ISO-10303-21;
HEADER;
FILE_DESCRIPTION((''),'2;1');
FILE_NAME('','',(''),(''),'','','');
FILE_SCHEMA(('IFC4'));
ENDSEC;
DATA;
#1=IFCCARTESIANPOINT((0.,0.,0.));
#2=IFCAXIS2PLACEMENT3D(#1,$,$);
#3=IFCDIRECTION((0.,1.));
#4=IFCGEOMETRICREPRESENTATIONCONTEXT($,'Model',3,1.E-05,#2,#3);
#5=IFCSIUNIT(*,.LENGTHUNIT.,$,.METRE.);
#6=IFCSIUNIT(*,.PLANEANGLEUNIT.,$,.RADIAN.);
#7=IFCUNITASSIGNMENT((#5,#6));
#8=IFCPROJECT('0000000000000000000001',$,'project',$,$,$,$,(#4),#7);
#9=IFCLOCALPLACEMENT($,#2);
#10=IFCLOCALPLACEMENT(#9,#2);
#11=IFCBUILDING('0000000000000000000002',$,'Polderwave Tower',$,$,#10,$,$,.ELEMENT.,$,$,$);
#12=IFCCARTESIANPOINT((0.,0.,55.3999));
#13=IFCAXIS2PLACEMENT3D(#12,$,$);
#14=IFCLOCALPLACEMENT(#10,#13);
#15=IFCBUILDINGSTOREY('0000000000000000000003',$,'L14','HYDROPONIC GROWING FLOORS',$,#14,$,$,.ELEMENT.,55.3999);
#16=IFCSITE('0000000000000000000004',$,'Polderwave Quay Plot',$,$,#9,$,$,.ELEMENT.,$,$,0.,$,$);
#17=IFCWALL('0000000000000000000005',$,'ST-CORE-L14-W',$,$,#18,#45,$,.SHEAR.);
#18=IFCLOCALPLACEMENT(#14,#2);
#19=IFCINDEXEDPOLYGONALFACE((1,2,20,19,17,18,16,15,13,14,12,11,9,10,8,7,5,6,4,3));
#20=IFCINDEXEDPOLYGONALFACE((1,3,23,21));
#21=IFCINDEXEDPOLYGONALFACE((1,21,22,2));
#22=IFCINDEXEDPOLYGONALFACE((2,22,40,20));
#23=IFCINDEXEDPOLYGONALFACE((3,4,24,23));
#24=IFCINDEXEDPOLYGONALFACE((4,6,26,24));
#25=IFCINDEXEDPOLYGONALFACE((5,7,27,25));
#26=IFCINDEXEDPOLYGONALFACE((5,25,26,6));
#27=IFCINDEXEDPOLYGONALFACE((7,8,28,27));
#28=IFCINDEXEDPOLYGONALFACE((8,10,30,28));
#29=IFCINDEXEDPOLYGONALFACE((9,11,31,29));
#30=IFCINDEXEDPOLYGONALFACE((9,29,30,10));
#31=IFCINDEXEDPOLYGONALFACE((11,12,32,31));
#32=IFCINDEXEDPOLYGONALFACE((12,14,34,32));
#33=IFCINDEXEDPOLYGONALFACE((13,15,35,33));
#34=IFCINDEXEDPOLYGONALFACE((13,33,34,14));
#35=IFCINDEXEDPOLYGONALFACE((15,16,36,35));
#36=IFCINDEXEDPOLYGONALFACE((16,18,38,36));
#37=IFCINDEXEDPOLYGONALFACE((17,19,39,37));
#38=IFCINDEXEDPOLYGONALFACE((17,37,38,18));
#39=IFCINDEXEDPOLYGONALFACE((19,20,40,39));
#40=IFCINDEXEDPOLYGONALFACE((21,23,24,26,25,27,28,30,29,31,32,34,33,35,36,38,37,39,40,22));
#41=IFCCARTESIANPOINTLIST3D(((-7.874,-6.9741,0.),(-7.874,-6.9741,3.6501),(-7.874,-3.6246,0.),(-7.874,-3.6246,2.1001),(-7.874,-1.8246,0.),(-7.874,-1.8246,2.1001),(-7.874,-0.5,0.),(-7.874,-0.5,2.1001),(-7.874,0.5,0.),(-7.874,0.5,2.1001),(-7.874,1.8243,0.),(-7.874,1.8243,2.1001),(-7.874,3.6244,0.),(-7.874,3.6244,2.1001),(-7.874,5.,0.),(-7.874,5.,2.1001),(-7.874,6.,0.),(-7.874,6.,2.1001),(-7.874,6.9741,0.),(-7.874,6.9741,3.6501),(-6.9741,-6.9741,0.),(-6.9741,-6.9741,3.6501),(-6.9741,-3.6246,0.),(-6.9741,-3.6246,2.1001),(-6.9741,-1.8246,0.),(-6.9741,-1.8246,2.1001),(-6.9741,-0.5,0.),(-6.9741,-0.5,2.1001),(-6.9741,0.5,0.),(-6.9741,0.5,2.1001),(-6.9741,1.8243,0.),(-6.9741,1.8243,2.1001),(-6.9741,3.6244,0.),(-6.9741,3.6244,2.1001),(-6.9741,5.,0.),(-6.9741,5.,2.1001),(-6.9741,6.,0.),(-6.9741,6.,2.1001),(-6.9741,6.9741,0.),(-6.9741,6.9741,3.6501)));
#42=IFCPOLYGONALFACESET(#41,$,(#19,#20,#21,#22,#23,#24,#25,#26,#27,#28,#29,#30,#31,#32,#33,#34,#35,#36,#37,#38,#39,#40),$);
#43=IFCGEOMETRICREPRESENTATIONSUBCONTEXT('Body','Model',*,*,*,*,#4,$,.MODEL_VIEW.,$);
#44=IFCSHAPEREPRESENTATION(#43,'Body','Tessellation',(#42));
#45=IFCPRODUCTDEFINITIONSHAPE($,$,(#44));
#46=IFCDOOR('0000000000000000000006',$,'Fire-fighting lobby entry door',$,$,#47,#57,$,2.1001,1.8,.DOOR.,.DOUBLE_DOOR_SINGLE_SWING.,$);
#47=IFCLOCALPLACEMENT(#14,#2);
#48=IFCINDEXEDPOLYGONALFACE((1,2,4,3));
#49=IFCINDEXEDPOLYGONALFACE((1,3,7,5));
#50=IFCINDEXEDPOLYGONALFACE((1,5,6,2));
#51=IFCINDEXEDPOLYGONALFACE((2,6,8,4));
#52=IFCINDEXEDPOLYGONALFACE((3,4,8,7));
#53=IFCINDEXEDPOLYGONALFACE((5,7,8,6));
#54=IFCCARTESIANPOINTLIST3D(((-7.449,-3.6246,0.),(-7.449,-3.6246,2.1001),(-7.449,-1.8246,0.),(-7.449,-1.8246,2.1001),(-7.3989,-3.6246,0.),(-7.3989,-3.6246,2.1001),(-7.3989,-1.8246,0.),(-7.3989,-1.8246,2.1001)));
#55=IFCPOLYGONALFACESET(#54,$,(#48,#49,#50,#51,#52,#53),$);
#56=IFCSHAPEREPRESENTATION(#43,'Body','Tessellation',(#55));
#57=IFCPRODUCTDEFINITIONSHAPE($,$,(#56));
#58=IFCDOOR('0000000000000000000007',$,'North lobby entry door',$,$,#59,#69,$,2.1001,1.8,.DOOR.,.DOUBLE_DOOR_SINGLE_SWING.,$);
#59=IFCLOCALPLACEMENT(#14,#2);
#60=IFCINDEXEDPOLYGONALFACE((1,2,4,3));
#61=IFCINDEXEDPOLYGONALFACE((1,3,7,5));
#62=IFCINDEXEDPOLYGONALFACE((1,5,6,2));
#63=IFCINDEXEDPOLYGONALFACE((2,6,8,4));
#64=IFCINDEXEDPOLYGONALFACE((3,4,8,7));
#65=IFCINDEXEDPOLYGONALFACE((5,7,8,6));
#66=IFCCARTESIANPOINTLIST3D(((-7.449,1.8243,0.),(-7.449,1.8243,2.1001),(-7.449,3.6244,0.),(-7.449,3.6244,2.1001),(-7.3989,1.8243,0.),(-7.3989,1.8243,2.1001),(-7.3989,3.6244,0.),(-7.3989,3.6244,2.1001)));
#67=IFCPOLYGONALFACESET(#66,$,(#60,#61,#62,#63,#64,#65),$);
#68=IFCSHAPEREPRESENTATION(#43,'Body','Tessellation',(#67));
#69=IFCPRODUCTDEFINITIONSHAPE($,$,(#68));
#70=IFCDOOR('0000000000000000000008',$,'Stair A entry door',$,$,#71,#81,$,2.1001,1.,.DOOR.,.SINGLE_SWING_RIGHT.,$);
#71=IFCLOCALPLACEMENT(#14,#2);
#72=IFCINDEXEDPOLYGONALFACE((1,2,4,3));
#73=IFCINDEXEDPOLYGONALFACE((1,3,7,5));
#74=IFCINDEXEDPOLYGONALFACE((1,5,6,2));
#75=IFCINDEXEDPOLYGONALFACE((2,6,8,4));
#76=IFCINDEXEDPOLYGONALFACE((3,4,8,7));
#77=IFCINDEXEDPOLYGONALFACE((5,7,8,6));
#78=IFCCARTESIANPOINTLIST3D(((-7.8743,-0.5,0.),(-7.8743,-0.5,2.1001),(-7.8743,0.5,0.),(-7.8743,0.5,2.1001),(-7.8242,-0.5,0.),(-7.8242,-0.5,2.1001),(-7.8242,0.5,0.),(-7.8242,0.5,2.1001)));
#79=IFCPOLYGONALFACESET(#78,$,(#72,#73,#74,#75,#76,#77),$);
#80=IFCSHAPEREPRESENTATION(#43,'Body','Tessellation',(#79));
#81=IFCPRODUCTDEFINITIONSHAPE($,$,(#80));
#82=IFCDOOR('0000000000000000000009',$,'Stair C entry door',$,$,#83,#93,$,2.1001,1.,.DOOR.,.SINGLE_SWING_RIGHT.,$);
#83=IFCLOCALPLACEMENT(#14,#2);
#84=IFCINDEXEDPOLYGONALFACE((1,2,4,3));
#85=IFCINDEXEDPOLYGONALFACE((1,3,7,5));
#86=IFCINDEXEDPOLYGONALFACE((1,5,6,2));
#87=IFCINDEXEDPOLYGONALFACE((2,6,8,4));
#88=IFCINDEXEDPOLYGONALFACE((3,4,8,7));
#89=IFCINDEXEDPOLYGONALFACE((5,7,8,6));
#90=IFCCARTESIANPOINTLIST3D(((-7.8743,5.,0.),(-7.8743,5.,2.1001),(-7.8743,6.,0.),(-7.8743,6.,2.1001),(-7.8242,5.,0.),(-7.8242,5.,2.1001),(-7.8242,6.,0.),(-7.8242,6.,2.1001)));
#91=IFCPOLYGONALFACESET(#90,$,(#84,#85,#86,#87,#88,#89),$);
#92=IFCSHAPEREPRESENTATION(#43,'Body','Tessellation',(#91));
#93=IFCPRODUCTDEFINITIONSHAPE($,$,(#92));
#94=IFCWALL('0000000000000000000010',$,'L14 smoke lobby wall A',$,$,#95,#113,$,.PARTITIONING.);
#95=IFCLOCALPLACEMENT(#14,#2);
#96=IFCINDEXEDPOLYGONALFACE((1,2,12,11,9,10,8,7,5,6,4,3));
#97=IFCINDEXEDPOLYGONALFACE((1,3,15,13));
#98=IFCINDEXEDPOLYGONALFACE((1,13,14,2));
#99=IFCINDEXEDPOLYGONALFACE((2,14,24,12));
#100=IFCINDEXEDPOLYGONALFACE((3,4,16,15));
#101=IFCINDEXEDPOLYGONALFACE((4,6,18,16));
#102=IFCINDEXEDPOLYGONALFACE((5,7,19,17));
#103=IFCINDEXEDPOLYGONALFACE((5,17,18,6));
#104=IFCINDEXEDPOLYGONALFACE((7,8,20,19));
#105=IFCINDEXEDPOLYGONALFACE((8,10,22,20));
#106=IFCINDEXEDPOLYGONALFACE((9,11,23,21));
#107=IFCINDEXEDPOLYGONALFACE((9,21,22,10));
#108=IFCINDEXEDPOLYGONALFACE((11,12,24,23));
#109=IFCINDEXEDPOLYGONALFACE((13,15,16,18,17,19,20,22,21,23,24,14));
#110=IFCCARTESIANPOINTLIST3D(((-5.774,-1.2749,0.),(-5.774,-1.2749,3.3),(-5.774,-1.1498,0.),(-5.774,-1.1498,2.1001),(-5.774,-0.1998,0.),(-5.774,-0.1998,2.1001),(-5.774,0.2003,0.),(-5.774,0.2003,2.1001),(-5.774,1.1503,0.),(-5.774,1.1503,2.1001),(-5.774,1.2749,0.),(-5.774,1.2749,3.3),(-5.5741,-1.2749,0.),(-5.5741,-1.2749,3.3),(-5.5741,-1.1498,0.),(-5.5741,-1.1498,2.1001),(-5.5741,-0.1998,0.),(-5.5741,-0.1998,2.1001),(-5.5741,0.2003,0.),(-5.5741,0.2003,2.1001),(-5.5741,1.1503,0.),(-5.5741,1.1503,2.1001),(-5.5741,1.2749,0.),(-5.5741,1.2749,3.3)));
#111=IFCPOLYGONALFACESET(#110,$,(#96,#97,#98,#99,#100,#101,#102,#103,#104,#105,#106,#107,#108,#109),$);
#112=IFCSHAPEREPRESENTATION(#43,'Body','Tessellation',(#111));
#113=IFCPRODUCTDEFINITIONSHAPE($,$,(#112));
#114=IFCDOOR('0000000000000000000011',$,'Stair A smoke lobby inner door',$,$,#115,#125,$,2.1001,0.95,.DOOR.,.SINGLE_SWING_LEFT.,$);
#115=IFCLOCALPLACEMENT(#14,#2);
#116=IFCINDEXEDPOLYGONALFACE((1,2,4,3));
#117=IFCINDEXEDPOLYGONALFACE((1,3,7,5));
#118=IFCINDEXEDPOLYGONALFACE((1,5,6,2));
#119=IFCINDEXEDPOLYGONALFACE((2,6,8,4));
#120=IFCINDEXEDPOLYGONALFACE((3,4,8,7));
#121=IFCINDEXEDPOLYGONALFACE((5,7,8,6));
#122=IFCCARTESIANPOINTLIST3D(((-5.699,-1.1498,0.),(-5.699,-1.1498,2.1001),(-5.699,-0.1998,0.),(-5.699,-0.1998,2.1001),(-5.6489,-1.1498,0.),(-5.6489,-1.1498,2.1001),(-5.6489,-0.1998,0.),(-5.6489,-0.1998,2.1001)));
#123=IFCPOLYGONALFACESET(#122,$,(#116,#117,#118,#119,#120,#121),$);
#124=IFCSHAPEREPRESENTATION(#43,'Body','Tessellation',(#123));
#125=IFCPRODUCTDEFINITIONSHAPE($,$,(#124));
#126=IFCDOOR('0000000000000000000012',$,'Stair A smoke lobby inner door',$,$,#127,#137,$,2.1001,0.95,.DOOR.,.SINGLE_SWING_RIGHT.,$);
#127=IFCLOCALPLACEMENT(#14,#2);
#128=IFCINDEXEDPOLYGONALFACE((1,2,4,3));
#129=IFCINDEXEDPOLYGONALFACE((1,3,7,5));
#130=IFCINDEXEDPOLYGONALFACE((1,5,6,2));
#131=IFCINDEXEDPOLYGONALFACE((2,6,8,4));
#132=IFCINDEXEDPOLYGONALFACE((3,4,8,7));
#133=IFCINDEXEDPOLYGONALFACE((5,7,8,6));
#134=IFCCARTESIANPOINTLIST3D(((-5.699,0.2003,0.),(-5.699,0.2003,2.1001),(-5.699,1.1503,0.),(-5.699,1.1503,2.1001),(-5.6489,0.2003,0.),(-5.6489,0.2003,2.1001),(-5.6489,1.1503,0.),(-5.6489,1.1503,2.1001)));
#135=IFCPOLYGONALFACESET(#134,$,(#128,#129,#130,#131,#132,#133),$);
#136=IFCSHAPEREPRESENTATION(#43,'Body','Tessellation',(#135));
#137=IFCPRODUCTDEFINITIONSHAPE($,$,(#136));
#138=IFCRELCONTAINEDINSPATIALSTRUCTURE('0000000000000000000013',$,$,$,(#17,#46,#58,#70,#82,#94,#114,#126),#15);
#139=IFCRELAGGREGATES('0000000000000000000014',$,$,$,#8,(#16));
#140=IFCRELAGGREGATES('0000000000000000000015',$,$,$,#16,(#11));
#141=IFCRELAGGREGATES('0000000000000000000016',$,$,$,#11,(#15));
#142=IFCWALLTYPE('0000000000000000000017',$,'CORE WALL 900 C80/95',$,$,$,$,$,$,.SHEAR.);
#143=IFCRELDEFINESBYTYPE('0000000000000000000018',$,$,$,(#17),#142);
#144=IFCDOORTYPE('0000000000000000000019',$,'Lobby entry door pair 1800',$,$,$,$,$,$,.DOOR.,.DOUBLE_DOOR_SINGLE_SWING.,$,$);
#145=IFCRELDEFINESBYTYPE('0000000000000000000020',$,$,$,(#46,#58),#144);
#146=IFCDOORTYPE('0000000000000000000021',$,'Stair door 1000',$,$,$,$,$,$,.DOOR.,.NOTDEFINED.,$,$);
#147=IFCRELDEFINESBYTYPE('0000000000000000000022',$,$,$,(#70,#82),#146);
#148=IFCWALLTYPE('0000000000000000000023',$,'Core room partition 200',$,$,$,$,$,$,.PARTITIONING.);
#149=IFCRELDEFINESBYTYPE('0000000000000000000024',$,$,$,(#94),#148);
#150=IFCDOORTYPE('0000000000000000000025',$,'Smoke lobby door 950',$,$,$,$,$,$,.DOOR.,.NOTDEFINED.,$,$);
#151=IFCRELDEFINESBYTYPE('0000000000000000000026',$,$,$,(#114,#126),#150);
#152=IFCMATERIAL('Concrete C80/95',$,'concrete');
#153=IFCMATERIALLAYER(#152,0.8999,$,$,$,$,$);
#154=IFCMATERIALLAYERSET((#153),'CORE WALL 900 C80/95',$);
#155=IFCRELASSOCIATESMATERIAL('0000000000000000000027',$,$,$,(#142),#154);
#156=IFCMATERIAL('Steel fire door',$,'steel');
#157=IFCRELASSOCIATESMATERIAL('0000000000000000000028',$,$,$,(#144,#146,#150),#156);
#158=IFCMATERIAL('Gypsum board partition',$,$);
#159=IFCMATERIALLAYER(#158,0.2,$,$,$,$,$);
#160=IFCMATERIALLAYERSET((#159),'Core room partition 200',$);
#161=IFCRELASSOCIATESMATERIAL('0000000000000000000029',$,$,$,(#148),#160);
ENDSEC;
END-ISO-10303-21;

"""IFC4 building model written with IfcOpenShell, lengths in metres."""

from ifc_helpers import new_model, si_unit, direction, frame, frame_2d, origin, place, context, subcontext, project, spatial, rectangle, extrude, material, layer, layer_set, type_object, element, fill, save


model = new_model("IFC4")

# Units and contexts
model_context = context("Model", 3, precision=1e-05, world=origin(), true_north=direction((0.0, 1.0)))
body_context = subcontext(model_context, "Body", "Model", "MODEL_VIEW")
ifc_project = project(units=[si_unit("LENGTHUNIT", "METRE"), si_unit("PLANEANGLEUNIT", "RADIAN")], contexts=[model_context])

# Site, building, storey
site_placement = place(None, origin())
site = spatial("IfcSite", under=ifc_project, at=site_placement, Name="Polderwave Quay Plot", CompositionType="ELEMENT", RefElevation=0.0)
building_placement = place(site_placement, origin())
building = spatial("IfcBuilding", under=site, at=building_placement, Name="Polderwave Tower", CompositionType="ELEMENT")
storey_placement = place(building_placement, frame((0.0, 0.0, 55.3999)))
storey = spatial("IfcBuildingStorey", under=building, at=storey_placement, Name="L14", Description="HYDROPONIC GROWING FLOORS", CompositionType="ELEMENT", Elevation=55.3999)

# Walls, openings, doors
ifc_material_1 = material(Name="Concrete C80/95", Category="concrete")
ifc_layer_1 = layer(ifc_material_1, 0.8999)
ifc_layer_set_1 = layer_set([ifc_layer_1], Name="CORE WALL 900 C80/95")
wall_type_1 = type_object("IfcWallType", Name="CORE WALL 900 C80/95", PredefinedType="SHEAR", material=ifc_layer_set_1)
wall_1_placement = place(storey_placement, frame((-7.4241, -6.9741, 0.0), z_axis=(0.0, 0.0, 1.0), x_axis=(0.0, 1.0, 0.0)))
wall_1 = element("IfcWall", 1, at=wall_1_placement, inside=storey, type_object=wall_type_1, Name="ST-CORE-L14-W", PredefinedType="SHEAR", context=body_context, shape_type="SweptSolid", body=[
    extrude(rectangle(XDim=13.9482, YDim=0.8999, at=frame_2d((6.9741, 0.0))), origin(), (0.0, 0.0, 1.0), 3.6501),
])
opening_1_placement = place(wall_1_placement, frame((6.4741, 0.0, 0.0)))
opening_1 = element("IfcOpeningElement", 2, at=opening_1_placement, cuts=wall_1, PredefinedType="OPENING", context=body_context, shape_type="SweptSolid", body=[
    extrude(rectangle(XDim=1.0, YDim=2.1001, at=frame_2d((0.5, 1.05))), frame((0.0, 0.46, 0.0), z_axis=(0.0, -1.0, 0.0), x_axis=(1.0, 0.0, 0.0)), (0.0, 0.0, 1.0), 0.9199),
])
opening_2_placement = place(wall_1_placement, frame((3.3496, 0.0, 0.0)))
opening_2 = element("IfcOpeningElement", 3, at=opening_2_placement, cuts=wall_1, PredefinedType="OPENING", context=body_context, shape_type="SweptSolid", body=[
    extrude(rectangle(XDim=1.8, YDim=2.1001, at=frame_2d((0.8999, 1.05))), frame((0.0, 0.46, 0.0), z_axis=(0.0, -1.0, 0.0), x_axis=(1.0, 0.0, 0.0)), (0.0, 0.0, 1.0), 0.9199),
])
opening_3_placement = place(wall_1_placement, frame((8.7986, 0.0, 0.0)))
opening_3 = element("IfcOpeningElement", 4, at=opening_3_placement, cuts=wall_1, PredefinedType="OPENING", context=body_context, shape_type="SweptSolid", body=[
    extrude(rectangle(XDim=1.8, YDim=2.1001, at=frame_2d((0.8999, 1.05))), frame((0.0, 0.46, 0.0), z_axis=(0.0, -1.0, 0.0), x_axis=(1.0, 0.0, 0.0)), (0.0, 0.0, 1.0), 0.9199),
])
opening_4_placement = place(wall_1_placement, frame((11.9741, 0.0, 0.0)))
opening_4 = element("IfcOpeningElement", 5, at=opening_4_placement, cuts=wall_1, PredefinedType="OPENING", context=body_context, shape_type="SweptSolid", body=[
    extrude(rectangle(XDim=1.0, YDim=2.1001, at=frame_2d((0.5, 1.05))), frame((0.0, 0.46, 0.0), z_axis=(0.0, -1.0, 0.0), x_axis=(1.0, 0.0, 0.0)), (0.0, 0.0, 1.0), 0.9199),
])
ifc_material_2 = material(Name="Steel fire door", Category="steel")
door_type_1 = type_object("IfcDoorType", Name="Lobby entry door pair 1800", OperationType="DOUBLE_DOOR_SINGLE_SWING", PredefinedType="DOOR", material=ifc_material_2)
door_1_placement = place(opening_2_placement, origin())
door_1 = element("IfcDoor", 6, at=door_1_placement, inside=storey, type_object=door_type_1, Name="Fire-fighting lobby entry door", OperationType="DOUBLE_DOOR_SINGLE_SWING", OverallHeight=2.1001, OverallWidth=1.8, PredefinedType="DOOR", context=body_context, shape_type="SweptSolid", body=[
    extrude(rectangle(XDim=1.8, YDim=2.1001, at=frame_2d((0.8999, 1.05))), frame((0.0, 0.0249, 0.0), z_axis=(0.0, -1.0, 0.0), x_axis=(1.0, 0.0, 0.0)), (0.0, 0.0, 1.0), 0.05),
])
fill(opening_2, door_1)
door_2_placement = place(opening_3_placement, origin())
door_2 = element("IfcDoor", 7, at=door_2_placement, inside=storey, type_object=door_type_1, Name="North lobby entry door", OperationType="DOUBLE_DOOR_SINGLE_SWING", OverallHeight=2.1001, OverallWidth=1.8, PredefinedType="DOOR", context=body_context, shape_type="SweptSolid", body=[
    extrude(rectangle(XDim=1.8, YDim=2.1001, at=frame_2d((0.8999, 1.05))), frame((0.0, 0.0249, 0.0), z_axis=(0.0, -1.0, 0.0), x_axis=(1.0, 0.0, 0.0)), (0.0, 0.0, 1.0), 0.05),
])
fill(opening_3, door_2)
door_type_2 = type_object("IfcDoorType", Name="Stair door 1000", OperationType="NOTDEFINED", PredefinedType="DOOR", material=ifc_material_2)
door_3_placement = place(opening_1_placement, origin())
door_3 = element("IfcDoor", 8, at=door_3_placement, inside=storey, type_object=door_type_2, Name="Stair A entry door", OperationType="SINGLE_SWING_RIGHT", OverallHeight=2.1001, OverallWidth=1.0, PredefinedType="DOOR", context=body_context, shape_type="SweptSolid", body=[
    extrude(rectangle(XDim=1.0, YDim=2.1001, at=frame_2d((0.5, 1.05))), frame((0.0, 0.4502, 0.0), z_axis=(0.0, -1.0, 0.0), x_axis=(1.0, 0.0, 0.0)), (0.0, 0.0, 1.0), 0.05),
])
fill(opening_1, door_3)
door_4_placement = place(opening_4_placement, origin())
door_4 = element("IfcDoor", 9, at=door_4_placement, inside=storey, type_object=door_type_2, Name="Stair C entry door", OperationType="SINGLE_SWING_RIGHT", OverallHeight=2.1001, OverallWidth=1.0, PredefinedType="DOOR", context=body_context, shape_type="SweptSolid", body=[
    extrude(rectangle(XDim=1.0, YDim=2.1001, at=frame_2d((0.5, 1.05))), frame((0.0, 0.4502, 0.0), z_axis=(0.0, -1.0, 0.0), x_axis=(1.0, 0.0, 0.0)), (0.0, 0.0, 1.0), 0.05),
])
fill(opening_4, door_4)
ifc_material_3 = material(Name="Gypsum board partition")
ifc_layer_2 = layer(ifc_material_3, 0.2)
ifc_layer_set_2 = layer_set([ifc_layer_2], Name="Core room partition 200")
wall_type_2 = type_object("IfcWallType", Name="Core room partition 200", PredefinedType="PARTITIONING", material=ifc_layer_set_2)
wall_2_placement = place(storey_placement, frame((-5.6741, -1.2749, 0.0), z_axis=(0.0, 0.0, 1.0), x_axis=(0.0, 1.0, 0.0)))
wall_2 = element("IfcWall", 10, at=wall_2_placement, inside=storey, type_object=wall_type_2, Name="L14 smoke lobby wall A", PredefinedType="PARTITIONING", context=body_context, shape_type="SweptSolid", body=[
    extrude(rectangle(XDim=2.5498, YDim=0.2, at=frame_2d((1.2749, 0.0))), origin(), (0.0, 0.0, 1.0), 3.3),
])
opening_5_placement = place(wall_2_placement, frame((0.125, 0.0, 0.0)))
opening_5 = element("IfcOpeningElement", 11, at=opening_5_placement, cuts=wall_2, PredefinedType="OPENING", context=body_context, shape_type="SweptSolid", body=[
    extrude(rectangle(XDim=0.95, YDim=2.1001, at=frame_2d((0.4751, 1.05))), frame((0.0, 0.1099, 0.0), z_axis=(0.0, -1.0, 0.0), x_axis=(1.0, 0.0, 0.0)), (0.0, 0.0, 1.0), 0.22),
])
opening_6_placement = place(wall_2_placement, frame((1.4751, 0.0, 0.0)))
opening_6 = element("IfcOpeningElement", 12, at=opening_6_placement, cuts=wall_2, PredefinedType="OPENING", context=body_context, shape_type="SweptSolid", body=[
    extrude(rectangle(XDim=0.95, YDim=2.1001, at=frame_2d((0.4751, 1.05))), frame((0.0, 0.1099, 0.0), z_axis=(0.0, -1.0, 0.0), x_axis=(1.0, 0.0, 0.0)), (0.0, 0.0, 1.0), 0.22),
])
door_type_3 = type_object("IfcDoorType", Name="Smoke lobby door 950", OperationType="NOTDEFINED", PredefinedType="DOOR", material=ifc_material_2)
door_5_placement = place(opening_5_placement, origin())
door_5 = element("IfcDoor", 13, at=door_5_placement, inside=storey, type_object=door_type_3, Name="Stair A smoke lobby inner door", OperationType="SINGLE_SWING_LEFT", OverallHeight=2.1001, OverallWidth=0.95, PredefinedType="DOOR", context=body_context, shape_type="SweptSolid", body=[
    extrude(rectangle(XDim=0.95, YDim=2.1001, at=frame_2d((0.4751, 1.05))), frame((0.0, 0.0249, 0.0), z_axis=(0.0, -1.0, 0.0), x_axis=(1.0, 0.0, 0.0)), (0.0, 0.0, 1.0), 0.05),
])
fill(opening_5, door_5)
door_6_placement = place(opening_6_placement, origin())
door_6 = element("IfcDoor", 14, at=door_6_placement, inside=storey, type_object=door_type_3, Name="Stair A smoke lobby inner door", OperationType="SINGLE_SWING_RIGHT", OverallHeight=2.1001, OverallWidth=0.95, PredefinedType="DOOR", context=body_context, shape_type="SweptSolid", body=[
    extrude(rectangle(XDim=0.95, YDim=2.1001, at=frame_2d((0.4751, 1.05))), frame((0.0, 0.0249, 0.0), z_axis=(0.0, -1.0, 0.0), x_axis=(1.0, 0.0, 0.0)), (0.0, 0.0, 1.0), 0.05),
])
fill(opening_6, door_6)

save(model, "model.ifc")
